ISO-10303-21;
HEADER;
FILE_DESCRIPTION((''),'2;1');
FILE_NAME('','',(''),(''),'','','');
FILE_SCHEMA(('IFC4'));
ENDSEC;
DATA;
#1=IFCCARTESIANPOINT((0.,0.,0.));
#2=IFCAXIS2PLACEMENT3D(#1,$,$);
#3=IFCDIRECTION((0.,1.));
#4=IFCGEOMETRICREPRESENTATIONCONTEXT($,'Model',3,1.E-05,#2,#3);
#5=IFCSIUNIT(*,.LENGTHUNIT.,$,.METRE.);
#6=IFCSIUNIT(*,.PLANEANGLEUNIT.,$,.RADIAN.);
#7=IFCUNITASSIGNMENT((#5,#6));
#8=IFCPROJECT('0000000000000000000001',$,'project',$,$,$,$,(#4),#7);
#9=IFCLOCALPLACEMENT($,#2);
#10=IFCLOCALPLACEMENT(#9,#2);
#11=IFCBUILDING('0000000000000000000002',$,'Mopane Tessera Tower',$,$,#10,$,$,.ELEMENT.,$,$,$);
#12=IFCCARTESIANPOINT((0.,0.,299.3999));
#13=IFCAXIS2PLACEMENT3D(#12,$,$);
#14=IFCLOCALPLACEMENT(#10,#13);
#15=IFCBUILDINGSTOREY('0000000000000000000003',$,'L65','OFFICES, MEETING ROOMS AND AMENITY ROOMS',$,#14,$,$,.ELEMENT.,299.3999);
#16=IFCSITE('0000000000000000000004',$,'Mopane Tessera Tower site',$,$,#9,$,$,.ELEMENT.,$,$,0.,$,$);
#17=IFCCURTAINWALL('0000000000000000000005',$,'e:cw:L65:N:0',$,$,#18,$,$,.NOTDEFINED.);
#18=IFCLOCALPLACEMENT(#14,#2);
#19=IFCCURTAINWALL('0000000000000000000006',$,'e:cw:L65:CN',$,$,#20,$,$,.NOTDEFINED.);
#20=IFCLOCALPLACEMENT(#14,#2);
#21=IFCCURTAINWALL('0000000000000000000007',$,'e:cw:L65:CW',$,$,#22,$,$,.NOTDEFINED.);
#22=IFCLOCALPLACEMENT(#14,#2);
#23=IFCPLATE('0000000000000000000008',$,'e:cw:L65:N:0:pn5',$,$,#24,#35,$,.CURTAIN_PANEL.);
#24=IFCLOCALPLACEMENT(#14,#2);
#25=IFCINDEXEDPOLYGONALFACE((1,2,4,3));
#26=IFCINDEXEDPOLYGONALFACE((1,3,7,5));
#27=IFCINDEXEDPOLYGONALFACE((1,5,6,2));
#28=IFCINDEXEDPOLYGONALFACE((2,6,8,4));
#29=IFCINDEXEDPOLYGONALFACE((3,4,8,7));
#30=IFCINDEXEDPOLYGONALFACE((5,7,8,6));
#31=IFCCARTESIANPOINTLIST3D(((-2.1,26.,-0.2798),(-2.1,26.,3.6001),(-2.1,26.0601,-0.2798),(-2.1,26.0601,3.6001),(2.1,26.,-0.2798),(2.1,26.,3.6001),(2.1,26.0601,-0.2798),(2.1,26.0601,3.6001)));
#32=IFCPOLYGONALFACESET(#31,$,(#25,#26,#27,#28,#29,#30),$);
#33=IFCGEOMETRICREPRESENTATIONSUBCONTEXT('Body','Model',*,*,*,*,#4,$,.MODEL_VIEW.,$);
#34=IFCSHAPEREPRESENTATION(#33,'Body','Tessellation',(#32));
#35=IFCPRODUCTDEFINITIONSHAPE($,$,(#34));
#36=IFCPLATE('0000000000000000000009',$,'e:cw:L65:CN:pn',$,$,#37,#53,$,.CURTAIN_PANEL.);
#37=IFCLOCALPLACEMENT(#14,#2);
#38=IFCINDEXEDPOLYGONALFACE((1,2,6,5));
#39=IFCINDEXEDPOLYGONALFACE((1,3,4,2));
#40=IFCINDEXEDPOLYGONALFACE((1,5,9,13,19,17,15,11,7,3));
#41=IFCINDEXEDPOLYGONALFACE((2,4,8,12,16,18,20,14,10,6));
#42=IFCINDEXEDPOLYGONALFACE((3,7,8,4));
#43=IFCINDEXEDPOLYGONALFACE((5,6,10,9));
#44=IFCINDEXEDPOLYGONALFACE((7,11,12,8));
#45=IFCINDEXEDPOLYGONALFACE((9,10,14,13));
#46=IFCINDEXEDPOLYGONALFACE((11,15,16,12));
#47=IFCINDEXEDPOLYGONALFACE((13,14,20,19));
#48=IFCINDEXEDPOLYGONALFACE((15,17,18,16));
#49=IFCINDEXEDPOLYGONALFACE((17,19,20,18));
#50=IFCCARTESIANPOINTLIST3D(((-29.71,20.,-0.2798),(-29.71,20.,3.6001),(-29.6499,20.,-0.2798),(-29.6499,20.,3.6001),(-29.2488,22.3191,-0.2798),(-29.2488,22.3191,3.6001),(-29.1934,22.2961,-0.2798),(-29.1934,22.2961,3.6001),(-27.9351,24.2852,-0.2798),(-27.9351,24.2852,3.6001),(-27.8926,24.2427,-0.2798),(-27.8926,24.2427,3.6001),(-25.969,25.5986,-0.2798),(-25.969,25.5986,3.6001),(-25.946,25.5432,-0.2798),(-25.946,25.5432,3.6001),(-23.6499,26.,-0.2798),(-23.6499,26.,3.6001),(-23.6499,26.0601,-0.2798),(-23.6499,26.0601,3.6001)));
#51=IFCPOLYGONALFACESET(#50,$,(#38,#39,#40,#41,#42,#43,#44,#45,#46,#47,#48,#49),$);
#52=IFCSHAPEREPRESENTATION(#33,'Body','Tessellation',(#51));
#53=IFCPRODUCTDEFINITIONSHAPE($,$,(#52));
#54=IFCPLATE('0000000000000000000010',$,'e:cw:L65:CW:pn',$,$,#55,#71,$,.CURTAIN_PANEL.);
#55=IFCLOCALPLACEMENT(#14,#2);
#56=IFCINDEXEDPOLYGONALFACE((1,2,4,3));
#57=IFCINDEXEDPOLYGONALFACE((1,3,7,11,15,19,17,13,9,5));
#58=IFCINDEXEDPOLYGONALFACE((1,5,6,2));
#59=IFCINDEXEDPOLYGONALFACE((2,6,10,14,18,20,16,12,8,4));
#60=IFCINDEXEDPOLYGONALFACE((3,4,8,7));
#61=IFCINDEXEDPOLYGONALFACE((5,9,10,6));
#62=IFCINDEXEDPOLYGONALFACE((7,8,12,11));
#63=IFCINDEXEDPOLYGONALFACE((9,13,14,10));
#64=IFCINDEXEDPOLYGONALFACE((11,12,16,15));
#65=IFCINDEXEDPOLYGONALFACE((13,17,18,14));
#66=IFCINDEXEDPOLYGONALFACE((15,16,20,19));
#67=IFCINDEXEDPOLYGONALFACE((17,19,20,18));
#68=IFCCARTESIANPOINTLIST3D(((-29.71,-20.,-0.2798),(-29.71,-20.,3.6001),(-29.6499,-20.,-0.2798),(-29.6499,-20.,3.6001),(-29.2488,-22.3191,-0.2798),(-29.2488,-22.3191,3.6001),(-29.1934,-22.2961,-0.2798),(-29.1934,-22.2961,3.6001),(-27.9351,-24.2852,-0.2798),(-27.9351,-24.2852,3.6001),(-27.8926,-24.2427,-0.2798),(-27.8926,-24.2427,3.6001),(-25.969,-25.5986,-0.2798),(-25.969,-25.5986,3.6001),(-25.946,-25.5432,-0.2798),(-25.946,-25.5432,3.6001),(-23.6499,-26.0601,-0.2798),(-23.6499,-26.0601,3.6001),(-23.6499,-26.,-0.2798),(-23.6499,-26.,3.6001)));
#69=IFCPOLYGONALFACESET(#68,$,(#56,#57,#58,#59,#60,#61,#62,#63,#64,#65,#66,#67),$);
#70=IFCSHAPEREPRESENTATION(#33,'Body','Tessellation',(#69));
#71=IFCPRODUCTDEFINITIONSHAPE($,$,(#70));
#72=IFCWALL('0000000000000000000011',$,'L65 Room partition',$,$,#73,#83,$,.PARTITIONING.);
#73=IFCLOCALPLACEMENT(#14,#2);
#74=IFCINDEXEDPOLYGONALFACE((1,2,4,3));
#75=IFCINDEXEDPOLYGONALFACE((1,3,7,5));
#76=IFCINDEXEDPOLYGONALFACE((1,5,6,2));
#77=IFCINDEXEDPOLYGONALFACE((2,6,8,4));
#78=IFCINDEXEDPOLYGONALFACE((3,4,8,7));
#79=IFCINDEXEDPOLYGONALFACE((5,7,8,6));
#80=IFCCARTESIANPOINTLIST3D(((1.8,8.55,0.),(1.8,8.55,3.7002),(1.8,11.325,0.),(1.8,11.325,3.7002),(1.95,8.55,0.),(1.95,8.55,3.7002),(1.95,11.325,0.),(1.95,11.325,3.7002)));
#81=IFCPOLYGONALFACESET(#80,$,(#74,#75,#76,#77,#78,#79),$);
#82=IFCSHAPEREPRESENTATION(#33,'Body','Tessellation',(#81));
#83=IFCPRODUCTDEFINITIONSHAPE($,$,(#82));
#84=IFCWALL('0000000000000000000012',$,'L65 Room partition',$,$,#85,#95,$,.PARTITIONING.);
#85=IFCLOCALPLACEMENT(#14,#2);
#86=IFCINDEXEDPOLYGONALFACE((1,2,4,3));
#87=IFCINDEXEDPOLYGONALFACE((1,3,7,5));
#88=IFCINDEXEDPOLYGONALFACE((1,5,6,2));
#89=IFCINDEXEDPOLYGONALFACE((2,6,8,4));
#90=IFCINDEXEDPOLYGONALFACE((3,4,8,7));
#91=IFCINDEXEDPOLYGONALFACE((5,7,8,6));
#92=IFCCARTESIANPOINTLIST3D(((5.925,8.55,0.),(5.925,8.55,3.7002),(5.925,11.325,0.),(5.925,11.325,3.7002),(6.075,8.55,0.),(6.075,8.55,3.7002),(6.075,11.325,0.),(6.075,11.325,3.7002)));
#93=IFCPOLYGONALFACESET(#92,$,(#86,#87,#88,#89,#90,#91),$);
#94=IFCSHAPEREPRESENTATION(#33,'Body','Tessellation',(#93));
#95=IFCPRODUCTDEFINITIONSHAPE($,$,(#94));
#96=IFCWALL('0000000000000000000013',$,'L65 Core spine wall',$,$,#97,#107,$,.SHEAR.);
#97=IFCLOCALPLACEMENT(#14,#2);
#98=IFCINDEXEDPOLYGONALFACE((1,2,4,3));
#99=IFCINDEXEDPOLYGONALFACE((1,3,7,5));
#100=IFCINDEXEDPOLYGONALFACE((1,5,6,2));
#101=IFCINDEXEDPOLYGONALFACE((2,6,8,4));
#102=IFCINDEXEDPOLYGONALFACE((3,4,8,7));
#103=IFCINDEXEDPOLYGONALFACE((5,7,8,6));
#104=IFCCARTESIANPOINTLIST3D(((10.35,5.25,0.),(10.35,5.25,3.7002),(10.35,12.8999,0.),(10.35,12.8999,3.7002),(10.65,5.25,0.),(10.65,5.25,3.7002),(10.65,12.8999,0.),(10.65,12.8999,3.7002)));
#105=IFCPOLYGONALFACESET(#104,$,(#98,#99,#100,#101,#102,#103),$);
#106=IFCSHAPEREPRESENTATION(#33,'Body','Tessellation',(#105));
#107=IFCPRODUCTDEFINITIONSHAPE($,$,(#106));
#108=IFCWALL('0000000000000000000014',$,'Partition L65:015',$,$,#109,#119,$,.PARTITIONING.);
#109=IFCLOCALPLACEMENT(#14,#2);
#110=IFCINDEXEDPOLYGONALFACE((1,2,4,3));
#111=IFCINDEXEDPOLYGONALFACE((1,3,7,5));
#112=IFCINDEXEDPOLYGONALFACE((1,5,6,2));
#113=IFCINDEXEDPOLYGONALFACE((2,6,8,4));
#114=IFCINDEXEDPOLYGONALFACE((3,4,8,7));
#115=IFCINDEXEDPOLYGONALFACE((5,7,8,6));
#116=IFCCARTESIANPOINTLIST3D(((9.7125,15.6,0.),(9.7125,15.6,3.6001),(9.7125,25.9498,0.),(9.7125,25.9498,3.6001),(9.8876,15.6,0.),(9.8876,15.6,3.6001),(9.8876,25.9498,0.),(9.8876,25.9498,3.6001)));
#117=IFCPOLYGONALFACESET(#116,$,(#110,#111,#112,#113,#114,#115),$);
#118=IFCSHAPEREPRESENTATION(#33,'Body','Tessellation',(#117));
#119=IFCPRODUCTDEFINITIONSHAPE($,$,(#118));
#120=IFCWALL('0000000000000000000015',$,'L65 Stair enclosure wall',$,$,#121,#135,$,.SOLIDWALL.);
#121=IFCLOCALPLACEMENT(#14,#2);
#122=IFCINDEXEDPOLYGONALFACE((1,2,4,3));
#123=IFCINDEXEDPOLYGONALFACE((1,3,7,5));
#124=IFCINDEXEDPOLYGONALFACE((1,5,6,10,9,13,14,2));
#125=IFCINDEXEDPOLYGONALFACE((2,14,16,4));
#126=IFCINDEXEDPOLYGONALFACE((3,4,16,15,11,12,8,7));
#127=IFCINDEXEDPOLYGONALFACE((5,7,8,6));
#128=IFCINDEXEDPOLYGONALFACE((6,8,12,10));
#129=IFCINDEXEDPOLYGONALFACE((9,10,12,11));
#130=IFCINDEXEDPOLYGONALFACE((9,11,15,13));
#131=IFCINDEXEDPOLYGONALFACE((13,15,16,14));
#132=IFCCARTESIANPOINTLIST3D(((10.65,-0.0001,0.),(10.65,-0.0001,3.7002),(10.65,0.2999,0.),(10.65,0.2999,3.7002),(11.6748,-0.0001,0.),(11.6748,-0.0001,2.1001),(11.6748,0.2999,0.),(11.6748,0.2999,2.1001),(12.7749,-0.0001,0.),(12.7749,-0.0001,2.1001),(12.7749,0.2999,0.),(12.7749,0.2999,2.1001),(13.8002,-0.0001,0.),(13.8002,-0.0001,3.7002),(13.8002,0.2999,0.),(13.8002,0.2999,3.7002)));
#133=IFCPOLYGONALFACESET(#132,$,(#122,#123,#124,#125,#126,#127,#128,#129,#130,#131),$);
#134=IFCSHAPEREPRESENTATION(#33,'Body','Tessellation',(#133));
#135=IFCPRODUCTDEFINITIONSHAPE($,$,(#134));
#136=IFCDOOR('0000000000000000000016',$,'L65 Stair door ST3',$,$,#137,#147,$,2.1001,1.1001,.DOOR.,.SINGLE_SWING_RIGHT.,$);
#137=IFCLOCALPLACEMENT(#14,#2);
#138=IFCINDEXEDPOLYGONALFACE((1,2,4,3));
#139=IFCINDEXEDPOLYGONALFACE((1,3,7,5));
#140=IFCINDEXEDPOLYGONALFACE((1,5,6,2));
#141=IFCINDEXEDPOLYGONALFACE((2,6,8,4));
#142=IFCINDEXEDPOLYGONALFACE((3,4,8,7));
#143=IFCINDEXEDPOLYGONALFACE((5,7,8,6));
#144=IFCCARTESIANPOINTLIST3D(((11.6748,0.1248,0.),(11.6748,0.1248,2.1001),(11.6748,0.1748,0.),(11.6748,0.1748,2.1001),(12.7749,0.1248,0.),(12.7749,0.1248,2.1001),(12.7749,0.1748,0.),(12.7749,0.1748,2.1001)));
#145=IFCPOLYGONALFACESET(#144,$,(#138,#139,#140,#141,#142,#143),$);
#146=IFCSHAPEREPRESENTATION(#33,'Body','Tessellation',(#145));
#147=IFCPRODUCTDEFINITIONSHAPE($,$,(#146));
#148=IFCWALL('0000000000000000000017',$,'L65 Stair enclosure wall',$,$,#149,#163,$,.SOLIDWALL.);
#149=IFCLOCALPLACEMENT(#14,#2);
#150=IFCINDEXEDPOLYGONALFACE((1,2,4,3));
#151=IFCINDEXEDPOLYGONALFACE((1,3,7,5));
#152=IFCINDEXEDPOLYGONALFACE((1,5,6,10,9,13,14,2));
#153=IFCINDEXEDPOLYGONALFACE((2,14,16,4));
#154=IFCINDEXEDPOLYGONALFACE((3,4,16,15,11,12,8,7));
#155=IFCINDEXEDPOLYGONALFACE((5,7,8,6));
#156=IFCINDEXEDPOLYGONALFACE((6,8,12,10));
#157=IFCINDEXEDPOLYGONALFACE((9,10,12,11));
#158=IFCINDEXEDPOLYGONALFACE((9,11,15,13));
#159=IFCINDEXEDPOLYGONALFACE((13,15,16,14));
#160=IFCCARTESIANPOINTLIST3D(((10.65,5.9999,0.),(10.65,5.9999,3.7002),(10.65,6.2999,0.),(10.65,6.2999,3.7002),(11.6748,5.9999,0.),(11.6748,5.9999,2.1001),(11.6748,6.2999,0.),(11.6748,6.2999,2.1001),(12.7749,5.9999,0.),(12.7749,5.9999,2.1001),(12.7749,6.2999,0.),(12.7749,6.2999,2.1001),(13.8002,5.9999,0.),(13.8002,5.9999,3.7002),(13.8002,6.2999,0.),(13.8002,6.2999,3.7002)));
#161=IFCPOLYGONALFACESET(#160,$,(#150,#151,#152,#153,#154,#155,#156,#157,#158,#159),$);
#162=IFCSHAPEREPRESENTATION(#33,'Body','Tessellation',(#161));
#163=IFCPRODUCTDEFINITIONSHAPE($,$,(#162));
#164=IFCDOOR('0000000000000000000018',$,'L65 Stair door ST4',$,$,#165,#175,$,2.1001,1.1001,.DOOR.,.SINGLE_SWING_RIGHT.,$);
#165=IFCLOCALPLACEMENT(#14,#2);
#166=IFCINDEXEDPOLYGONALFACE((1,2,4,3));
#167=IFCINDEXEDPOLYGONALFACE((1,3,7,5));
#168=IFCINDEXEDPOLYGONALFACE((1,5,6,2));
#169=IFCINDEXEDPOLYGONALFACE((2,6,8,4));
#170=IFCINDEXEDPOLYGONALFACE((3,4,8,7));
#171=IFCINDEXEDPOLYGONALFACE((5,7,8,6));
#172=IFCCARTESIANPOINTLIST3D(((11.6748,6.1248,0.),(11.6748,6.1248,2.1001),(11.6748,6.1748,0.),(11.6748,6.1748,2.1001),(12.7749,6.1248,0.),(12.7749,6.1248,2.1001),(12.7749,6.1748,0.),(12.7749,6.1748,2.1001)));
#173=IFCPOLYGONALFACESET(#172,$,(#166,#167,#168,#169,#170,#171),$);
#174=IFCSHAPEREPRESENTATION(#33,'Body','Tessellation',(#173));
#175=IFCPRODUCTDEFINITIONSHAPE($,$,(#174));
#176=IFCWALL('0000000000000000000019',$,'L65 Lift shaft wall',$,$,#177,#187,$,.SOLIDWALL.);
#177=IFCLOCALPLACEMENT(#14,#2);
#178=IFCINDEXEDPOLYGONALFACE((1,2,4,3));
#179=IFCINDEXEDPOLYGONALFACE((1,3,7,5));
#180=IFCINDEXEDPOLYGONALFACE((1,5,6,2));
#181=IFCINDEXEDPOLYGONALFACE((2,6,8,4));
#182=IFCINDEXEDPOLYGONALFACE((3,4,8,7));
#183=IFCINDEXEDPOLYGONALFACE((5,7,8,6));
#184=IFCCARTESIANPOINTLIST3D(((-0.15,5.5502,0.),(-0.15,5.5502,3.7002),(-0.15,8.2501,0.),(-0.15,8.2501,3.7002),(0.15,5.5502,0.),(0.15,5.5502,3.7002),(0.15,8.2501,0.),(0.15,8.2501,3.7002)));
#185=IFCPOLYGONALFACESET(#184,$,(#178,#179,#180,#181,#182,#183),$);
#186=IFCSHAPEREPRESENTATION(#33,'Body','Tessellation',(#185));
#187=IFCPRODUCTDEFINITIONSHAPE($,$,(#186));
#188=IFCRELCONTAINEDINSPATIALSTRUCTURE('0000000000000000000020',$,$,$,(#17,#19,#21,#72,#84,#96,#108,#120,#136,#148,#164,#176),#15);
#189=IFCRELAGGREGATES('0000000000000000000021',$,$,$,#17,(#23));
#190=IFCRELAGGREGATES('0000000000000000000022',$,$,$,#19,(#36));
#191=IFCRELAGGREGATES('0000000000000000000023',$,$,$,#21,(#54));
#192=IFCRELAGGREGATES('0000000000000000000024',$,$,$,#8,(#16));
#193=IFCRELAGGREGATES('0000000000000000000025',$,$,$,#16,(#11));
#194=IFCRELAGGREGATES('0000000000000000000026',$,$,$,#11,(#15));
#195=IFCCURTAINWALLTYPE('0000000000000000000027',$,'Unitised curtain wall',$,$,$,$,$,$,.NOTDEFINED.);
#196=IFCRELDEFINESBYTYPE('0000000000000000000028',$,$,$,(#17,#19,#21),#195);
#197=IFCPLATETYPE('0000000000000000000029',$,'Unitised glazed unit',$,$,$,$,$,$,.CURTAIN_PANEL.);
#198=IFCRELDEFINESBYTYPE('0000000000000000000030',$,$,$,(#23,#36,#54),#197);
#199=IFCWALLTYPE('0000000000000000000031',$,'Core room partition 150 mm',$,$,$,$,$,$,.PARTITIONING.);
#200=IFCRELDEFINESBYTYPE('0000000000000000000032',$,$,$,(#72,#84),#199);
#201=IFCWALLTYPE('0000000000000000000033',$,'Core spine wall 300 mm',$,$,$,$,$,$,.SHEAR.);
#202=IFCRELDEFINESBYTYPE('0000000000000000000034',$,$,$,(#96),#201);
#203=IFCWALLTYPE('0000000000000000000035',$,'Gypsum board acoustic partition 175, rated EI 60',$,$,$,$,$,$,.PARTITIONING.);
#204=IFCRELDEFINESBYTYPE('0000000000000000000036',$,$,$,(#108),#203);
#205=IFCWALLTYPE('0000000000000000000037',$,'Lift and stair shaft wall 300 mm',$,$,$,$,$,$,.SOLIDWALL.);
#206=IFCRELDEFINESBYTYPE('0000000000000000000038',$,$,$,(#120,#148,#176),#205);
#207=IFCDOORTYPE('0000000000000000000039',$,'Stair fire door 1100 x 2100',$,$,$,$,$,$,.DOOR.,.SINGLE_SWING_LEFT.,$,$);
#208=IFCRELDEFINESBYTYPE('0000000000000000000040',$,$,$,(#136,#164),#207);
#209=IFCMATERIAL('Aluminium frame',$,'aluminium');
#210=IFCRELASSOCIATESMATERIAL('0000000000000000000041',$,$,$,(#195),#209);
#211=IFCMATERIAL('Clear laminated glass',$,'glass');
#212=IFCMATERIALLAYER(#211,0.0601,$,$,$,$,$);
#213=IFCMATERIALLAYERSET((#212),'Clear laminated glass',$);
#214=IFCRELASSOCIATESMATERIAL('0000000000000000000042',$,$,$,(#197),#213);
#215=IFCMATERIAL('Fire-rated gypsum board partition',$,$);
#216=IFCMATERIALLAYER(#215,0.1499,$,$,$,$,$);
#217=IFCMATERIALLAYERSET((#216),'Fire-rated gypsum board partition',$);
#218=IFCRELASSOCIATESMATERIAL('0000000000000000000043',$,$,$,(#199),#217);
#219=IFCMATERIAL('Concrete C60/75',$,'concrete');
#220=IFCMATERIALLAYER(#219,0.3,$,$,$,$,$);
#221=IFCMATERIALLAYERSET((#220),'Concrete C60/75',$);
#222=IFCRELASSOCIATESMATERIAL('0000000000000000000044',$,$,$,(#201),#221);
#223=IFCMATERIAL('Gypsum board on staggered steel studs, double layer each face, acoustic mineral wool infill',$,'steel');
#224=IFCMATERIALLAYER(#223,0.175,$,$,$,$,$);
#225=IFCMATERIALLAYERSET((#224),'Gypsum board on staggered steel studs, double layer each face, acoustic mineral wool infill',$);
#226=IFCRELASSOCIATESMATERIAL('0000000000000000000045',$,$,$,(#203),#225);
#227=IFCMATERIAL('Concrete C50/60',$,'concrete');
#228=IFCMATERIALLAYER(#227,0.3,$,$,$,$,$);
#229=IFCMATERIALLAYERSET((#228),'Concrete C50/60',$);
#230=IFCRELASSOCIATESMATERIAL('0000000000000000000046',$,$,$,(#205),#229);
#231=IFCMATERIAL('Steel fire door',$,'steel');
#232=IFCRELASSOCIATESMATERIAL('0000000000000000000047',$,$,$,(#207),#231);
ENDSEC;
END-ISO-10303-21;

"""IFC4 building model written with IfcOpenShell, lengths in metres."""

from ifc_helpers import new_model, si_unit, direction, frame, frame_2d, origin, origin_2d, place, context, subcontext, project, spatial, polyline, rectangle, outline, extrude, material, layer, layer_set, type_object, element, fill, aggregate, save


model = new_model("IFC4")

# Units and contexts
model_context = context("Model", 3, precision=1e-05, world=origin(), true_north=direction((0.0, 1.0)))
body_context = subcontext(model_context, "Body", "Model", "MODEL_VIEW")
ifc_project = project(units=[si_unit("LENGTHUNIT", "METRE"), si_unit("PLANEANGLEUNIT", "RADIAN")], contexts=[model_context])

# Site, building, storey
site_placement = place(None, origin())
site = spatial("IfcSite", under=ifc_project, at=site_placement, Name="Mopane Tessera Tower site", CompositionType="ELEMENT", RefElevation=0.0)
building_placement = place(site_placement, origin())
building = spatial("IfcBuilding", under=site, at=building_placement, Name="Mopane Tessera Tower", CompositionType="ELEMENT")
storey_placement = place(building_placement, frame((0.0, 0.0, 299.3999)))
storey = spatial("IfcBuildingStorey", under=building, at=storey_placement, Name="L65", Description="OFFICES, MEETING ROOMS AND AMENITY ROOMS", CompositionType="ELEMENT", Elevation=299.3999)

# Curtain wall
ifc_material_1 = material(Name="Aluminium frame", Category="aluminium")
curtain_wall_type = type_object("IfcCurtainWallType", Name="Unitised curtain wall", PredefinedType="NOTDEFINED", material=ifc_material_1)
curtain_wall_1_placement = place(storey_placement, origin())
curtain_wall_1 = element("IfcCurtainWall", 1, at=curtain_wall_1_placement, inside=storey, type_object=curtain_wall_type, Name="e:cw:L65:N:0", PredefinedType="NOTDEFINED")

# Curtain walls
curtain_wall_2_placement = place(storey_placement, origin())
curtain_wall_2 = element("IfcCurtainWall", 2, at=curtain_wall_2_placement, inside=storey, type_object=curtain_wall_type, Name="e:cw:L65:CN", PredefinedType="NOTDEFINED")
curtain_wall_3_placement = place(storey_placement, origin())
curtain_wall_3 = element("IfcCurtainWall", 3, at=curtain_wall_3_placement, inside=storey, type_object=curtain_wall_type, Name="e:cw:L65:CW", PredefinedType="NOTDEFINED")

# Plates
ifc_material_2 = material(Name="Clear laminated glass", Category="glass")
ifc_layer_1 = layer(ifc_material_2, 0.0601)
ifc_layer_set_1 = layer_set([ifc_layer_1], Name="Clear laminated glass")
plate_type = type_object("IfcPlateType", Name="Unitised glazed unit", PredefinedType="CURTAIN_PANEL", material=ifc_layer_set_1)
plate_1_placement = place(storey_placement, frame((0.0, 26.03, -0.2798), z_axis=(0.0, 0.0, 1.0), x_axis=(-1.0, 0.0, 0.0)))
plate_1 = element("IfcPlate", 4, at=plate_1_placement, type_object=plate_type, Name="e:cw:L65:N:0:pn5", PredefinedType="CURTAIN_PANEL", context=body_context, shape_type="SweptSolid", body=[
    extrude(rectangle(XDim=4.2, YDim=0.0601, at=origin_2d()), origin(), (0.0, 0.0, 1.0), 3.8799),
])
aggregate(curtain_wall_1, [plate_1])
plate_2_placement = place(storey_placement, frame((0.0, 0.0, -0.2798)))
plate_2 = element("IfcPlate", 5, at=plate_2_placement, type_object=plate_type, Name="e:cw:L65:CN:pn", PredefinedType="CURTAIN_PANEL", context=body_context, shape_type="SweptSolid", body=[
    extrude(outline(polyline([(-23.6499, 26.0), (-25.946, 25.5432), (-27.8926, 24.2427), (-29.1934, 22.2961), (-29.6499, 20.0), (-29.71, 20.0), (-29.2488, 22.3191), (-27.9351, 24.2852), (-25.969, 25.5986), (-23.6499, 26.0601), (-23.6499, 26.0)])), origin(), (0.0, 0.0, 1.0), 3.8799),
])
aggregate(curtain_wall_2, [plate_2])
plate_3_placement = place(storey_placement, frame((0.0, 0.0, -0.2798)))
plate_3 = element("IfcPlate", 6, at=plate_3_placement, type_object=plate_type, Name="e:cw:L65:CW:pn", PredefinedType="CURTAIN_PANEL", context=body_context, shape_type="SweptSolid", body=[
    extrude(outline(polyline([(-29.6499, -20.0), (-29.1934, -22.2961), (-27.8926, -24.2427), (-25.946, -25.5432), (-23.6499, -26.0), (-23.6499, -26.0601), (-25.969, -25.5986), (-27.9351, -24.2852), (-29.2488, -22.3191), (-29.71, -20.0), (-29.6499, -20.0)])), origin(), (0.0, 0.0, 1.0), 3.8799),
])
aggregate(curtain_wall_3, [plate_3])

# Walls
ifc_material_3 = material(Name="Fire-rated gypsum board partition")
ifc_layer_2 = layer(ifc_material_3, 0.1499)
ifc_layer_set_2 = layer_set([ifc_layer_2], Name="Fire-rated gypsum board partition")
wall_type_1 = type_object("IfcWallType", Name="Core room partition 150 mm", PredefinedType="PARTITIONING", material=ifc_layer_set_2)
for number, where, z_axis, x_axis, name in (
    (7, (1.875, 8.55, 0.0), (0.0, 0.0, 1.0), (0.0, 1.0, 0.0), "L65 Room partition"),
    (8, (6.0, 8.55, 0.0), (0.0, 0.0, 1.0), (0.0, 1.0, 0.0), "L65 Room partition"),
):
    element("IfcWall", number, at=place(storey_placement, frame(where, z_axis=z_axis, x_axis=x_axis)), inside=storey, type_object=wall_type_1, Name=name, PredefinedType="PARTITIONING", context=body_context, shape_type="SweptSolid", body=[
        extrude(rectangle(XDim=2.7749, YDim=0.1499, at=frame_2d((1.3875, 0.0))), origin(), (0.0, 0.0, 1.0), 3.7002),
    ])
ifc_material_4 = material(Name="Concrete C60/75", Category="concrete")
ifc_layer_3 = layer(ifc_material_4, 0.3)
ifc_layer_set_3 = layer_set([ifc_layer_3], Name="Concrete C60/75")
wall_type_2 = type_object("IfcWallType", Name="Core spine wall 300 mm", PredefinedType="SHEAR", material=ifc_layer_set_3)
wall_1_placement = place(storey_placement, frame((10.5, 5.25, 0.0), z_axis=(0.0, 0.0, 1.0), x_axis=(0.0, 1.0, 0.0)))
element("IfcWall", 9, at=wall_1_placement, inside=storey, type_object=wall_type_2, Name="L65 Core spine wall", PredefinedType="SHEAR", context=body_context, shape_type="SweptSolid", body=[
    extrude(rectangle(XDim=7.6499, YDim=0.3, at=frame_2d((3.825, 0.0))), origin(), (0.0, 0.0, 1.0), 3.7002),
])
ifc_material_5 = material(Name="Gypsum board on staggered steel studs, double layer each face, acoustic mineral wool infill", Category="steel")
ifc_layer_4 = layer(ifc_material_5, 0.175)
ifc_layer_set_4 = layer_set([ifc_layer_4], Name="Gypsum board on staggered steel studs, double layer each face, acoustic mineral wool infill")
wall_type_3 = type_object("IfcWallType", Name="Gypsum board acoustic partition 175, rated EI 60", PredefinedType="PARTITIONING", material=ifc_layer_set_4)
wall_2_placement = place(storey_placement, frame((9.8, 15.6001, 0.0), z_axis=(0.0, 0.0, 1.0), x_axis=(0.0, 1.0, 0.0)))
element("IfcWall", 10, at=wall_2_placement, inside=storey, type_object=wall_type_3, Name="Partition L65:015", PredefinedType="PARTITIONING", context=body_context, shape_type="SweptSolid", body=[
    extrude(rectangle(XDim=10.3499, YDim=0.175, at=frame_2d((5.1748, 0.0))), origin(), (0.0, 0.0, 1.0), 3.6001),
])

# Walls, openings, doors
ifc_material_6 = material(Name="Concrete C50/60", Category="concrete")
ifc_layer_5 = layer(ifc_material_6, 0.3)
ifc_layer_set_5 = layer_set([ifc_layer_5], Name="Concrete C50/60")
wall_type_4 = type_object("IfcWallType", Name="Lift and stair shaft wall 300 mm", PredefinedType="SOLIDWALL", material=ifc_layer_set_5)
wall_3_placement = place(storey_placement, frame((10.6499, 0.1499, 0.0), z_axis=(0.0, 0.0, 1.0), x_axis=(1.0, 0.0, 0.0)))
wall_3 = element("IfcWall", 11, at=wall_3_placement, inside=storey, type_object=wall_type_4, Name="L65 Stair enclosure wall", PredefinedType="SOLIDWALL", context=body_context, shape_type="SweptSolid", body=[
    extrude(rectangle(XDim=3.1501, YDim=0.3, at=frame_2d((1.5752, 0.0))), origin(), (0.0, 0.0, 1.0), 3.7002),
])
opening_1_placement = place(wall_3_placement, frame((1.0249, 0.0, 0.0)))
opening_1 = element("IfcOpeningElement", 12, at=opening_1_placement, cuts=wall_3, PredefinedType="OPENING", context=body_context, shape_type="SweptSolid", body=[
    extrude(rectangle(XDim=1.1001, YDim=2.1001, at=frame_2d((0.55, 1.05))), frame((0.0, 0.1621, 0.0), z_axis=(0.0, -1.0, 0.0), x_axis=(1.0, 0.0, 0.0)), (0.0, 0.0, 1.0), 0.324),
])
ifc_material_7 = material(Name="Steel fire door", Category="steel")
door_type = type_object("IfcDoorType", Name="Stair fire door 1100 x 2100", OperationType="SINGLE_SWING_LEFT", PredefinedType="DOOR", material=ifc_material_7)
door_1_placement = place(opening_1_placement, origin())
door_1 = element("IfcDoor", 13, at=door_1_placement, inside=storey, type_object=door_type, Name="L65 Stair door ST3", OperationType="SINGLE_SWING_RIGHT", OverallHeight=2.1001, OverallWidth=1.1001, PredefinedType="DOOR", context=body_context, shape_type="SweptSolid", body=[
    extrude(rectangle(XDim=1.1001, YDim=2.1001, at=frame_2d((0.55, 1.05))), frame((0.0, 0.0249, 0.0), z_axis=(0.0, -1.0, 0.0), x_axis=(1.0, 0.0, 0.0)), (0.0, 0.0, 1.0), 0.05),
])
fill(opening_1, door_1)
wall_4_placement = place(storey_placement, frame((10.6499, 6.1499, 0.0), z_axis=(0.0, 0.0, 1.0), x_axis=(1.0, 0.0, 0.0)))
wall_4 = element("IfcWall", 14, at=wall_4_placement, inside=storey, type_object=wall_type_4, Name="L65 Stair enclosure wall", PredefinedType="SOLIDWALL", context=body_context, shape_type="SweptSolid", body=[
    extrude(rectangle(XDim=3.1501, YDim=0.3, at=frame_2d((1.5752, 0.0))), origin(), (0.0, 0.0, 1.0), 3.7002),
])
opening_2_placement = place(wall_4_placement, frame((1.0249, 0.0, 0.0)))
opening_2 = element("IfcOpeningElement", 15, at=opening_2_placement, cuts=wall_4, PredefinedType="OPENING", context=body_context, shape_type="SweptSolid", body=[
    extrude(rectangle(XDim=1.1001, YDim=2.1001, at=frame_2d((0.55, 1.05))), frame((0.0, 0.1621, 0.0), z_axis=(0.0, -1.0, 0.0), x_axis=(1.0, 0.0, 0.0)), (0.0, 0.0, 1.0), 0.324),
])
door_2_placement = place(opening_2_placement, origin())
door_2 = element("IfcDoor", 16, at=door_2_placement, inside=storey, type_object=door_type, Name="L65 Stair door ST4", OperationType="SINGLE_SWING_RIGHT", OverallHeight=2.1001, OverallWidth=1.1001, PredefinedType="DOOR", context=body_context, shape_type="SweptSolid", body=[
    extrude(rectangle(XDim=1.1001, YDim=2.1001, at=frame_2d((0.55, 1.05))), frame((0.0, 0.0249, 0.0), z_axis=(0.0, -1.0, 0.0), x_axis=(1.0, 0.0, 0.0)), (0.0, 0.0, 1.0), 0.05),
])
fill(opening_2, door_2)

# Wall
for number, where, z_axis, x_axis, name in (
    (17, (0.0, 5.55, 0.0), (0.0, 0.0, 1.0), (0.0, 1.0, 0.0), "L65 Lift shaft wall"),
):
    element("IfcWall", number, at=place(storey_placement, frame(where, z_axis=z_axis, x_axis=x_axis)), inside=storey, type_object=wall_type_4, Name=name, PredefinedType="SOLIDWALL", context=body_context, shape_type="SweptSolid", body=[
        extrude(rectangle(XDim=2.7, YDim=0.3, at=frame_2d((1.3501, 0.0))), origin(), (0.0, 0.0, 1.0), 3.7002),
    ])

save(model, "model.ifc")
